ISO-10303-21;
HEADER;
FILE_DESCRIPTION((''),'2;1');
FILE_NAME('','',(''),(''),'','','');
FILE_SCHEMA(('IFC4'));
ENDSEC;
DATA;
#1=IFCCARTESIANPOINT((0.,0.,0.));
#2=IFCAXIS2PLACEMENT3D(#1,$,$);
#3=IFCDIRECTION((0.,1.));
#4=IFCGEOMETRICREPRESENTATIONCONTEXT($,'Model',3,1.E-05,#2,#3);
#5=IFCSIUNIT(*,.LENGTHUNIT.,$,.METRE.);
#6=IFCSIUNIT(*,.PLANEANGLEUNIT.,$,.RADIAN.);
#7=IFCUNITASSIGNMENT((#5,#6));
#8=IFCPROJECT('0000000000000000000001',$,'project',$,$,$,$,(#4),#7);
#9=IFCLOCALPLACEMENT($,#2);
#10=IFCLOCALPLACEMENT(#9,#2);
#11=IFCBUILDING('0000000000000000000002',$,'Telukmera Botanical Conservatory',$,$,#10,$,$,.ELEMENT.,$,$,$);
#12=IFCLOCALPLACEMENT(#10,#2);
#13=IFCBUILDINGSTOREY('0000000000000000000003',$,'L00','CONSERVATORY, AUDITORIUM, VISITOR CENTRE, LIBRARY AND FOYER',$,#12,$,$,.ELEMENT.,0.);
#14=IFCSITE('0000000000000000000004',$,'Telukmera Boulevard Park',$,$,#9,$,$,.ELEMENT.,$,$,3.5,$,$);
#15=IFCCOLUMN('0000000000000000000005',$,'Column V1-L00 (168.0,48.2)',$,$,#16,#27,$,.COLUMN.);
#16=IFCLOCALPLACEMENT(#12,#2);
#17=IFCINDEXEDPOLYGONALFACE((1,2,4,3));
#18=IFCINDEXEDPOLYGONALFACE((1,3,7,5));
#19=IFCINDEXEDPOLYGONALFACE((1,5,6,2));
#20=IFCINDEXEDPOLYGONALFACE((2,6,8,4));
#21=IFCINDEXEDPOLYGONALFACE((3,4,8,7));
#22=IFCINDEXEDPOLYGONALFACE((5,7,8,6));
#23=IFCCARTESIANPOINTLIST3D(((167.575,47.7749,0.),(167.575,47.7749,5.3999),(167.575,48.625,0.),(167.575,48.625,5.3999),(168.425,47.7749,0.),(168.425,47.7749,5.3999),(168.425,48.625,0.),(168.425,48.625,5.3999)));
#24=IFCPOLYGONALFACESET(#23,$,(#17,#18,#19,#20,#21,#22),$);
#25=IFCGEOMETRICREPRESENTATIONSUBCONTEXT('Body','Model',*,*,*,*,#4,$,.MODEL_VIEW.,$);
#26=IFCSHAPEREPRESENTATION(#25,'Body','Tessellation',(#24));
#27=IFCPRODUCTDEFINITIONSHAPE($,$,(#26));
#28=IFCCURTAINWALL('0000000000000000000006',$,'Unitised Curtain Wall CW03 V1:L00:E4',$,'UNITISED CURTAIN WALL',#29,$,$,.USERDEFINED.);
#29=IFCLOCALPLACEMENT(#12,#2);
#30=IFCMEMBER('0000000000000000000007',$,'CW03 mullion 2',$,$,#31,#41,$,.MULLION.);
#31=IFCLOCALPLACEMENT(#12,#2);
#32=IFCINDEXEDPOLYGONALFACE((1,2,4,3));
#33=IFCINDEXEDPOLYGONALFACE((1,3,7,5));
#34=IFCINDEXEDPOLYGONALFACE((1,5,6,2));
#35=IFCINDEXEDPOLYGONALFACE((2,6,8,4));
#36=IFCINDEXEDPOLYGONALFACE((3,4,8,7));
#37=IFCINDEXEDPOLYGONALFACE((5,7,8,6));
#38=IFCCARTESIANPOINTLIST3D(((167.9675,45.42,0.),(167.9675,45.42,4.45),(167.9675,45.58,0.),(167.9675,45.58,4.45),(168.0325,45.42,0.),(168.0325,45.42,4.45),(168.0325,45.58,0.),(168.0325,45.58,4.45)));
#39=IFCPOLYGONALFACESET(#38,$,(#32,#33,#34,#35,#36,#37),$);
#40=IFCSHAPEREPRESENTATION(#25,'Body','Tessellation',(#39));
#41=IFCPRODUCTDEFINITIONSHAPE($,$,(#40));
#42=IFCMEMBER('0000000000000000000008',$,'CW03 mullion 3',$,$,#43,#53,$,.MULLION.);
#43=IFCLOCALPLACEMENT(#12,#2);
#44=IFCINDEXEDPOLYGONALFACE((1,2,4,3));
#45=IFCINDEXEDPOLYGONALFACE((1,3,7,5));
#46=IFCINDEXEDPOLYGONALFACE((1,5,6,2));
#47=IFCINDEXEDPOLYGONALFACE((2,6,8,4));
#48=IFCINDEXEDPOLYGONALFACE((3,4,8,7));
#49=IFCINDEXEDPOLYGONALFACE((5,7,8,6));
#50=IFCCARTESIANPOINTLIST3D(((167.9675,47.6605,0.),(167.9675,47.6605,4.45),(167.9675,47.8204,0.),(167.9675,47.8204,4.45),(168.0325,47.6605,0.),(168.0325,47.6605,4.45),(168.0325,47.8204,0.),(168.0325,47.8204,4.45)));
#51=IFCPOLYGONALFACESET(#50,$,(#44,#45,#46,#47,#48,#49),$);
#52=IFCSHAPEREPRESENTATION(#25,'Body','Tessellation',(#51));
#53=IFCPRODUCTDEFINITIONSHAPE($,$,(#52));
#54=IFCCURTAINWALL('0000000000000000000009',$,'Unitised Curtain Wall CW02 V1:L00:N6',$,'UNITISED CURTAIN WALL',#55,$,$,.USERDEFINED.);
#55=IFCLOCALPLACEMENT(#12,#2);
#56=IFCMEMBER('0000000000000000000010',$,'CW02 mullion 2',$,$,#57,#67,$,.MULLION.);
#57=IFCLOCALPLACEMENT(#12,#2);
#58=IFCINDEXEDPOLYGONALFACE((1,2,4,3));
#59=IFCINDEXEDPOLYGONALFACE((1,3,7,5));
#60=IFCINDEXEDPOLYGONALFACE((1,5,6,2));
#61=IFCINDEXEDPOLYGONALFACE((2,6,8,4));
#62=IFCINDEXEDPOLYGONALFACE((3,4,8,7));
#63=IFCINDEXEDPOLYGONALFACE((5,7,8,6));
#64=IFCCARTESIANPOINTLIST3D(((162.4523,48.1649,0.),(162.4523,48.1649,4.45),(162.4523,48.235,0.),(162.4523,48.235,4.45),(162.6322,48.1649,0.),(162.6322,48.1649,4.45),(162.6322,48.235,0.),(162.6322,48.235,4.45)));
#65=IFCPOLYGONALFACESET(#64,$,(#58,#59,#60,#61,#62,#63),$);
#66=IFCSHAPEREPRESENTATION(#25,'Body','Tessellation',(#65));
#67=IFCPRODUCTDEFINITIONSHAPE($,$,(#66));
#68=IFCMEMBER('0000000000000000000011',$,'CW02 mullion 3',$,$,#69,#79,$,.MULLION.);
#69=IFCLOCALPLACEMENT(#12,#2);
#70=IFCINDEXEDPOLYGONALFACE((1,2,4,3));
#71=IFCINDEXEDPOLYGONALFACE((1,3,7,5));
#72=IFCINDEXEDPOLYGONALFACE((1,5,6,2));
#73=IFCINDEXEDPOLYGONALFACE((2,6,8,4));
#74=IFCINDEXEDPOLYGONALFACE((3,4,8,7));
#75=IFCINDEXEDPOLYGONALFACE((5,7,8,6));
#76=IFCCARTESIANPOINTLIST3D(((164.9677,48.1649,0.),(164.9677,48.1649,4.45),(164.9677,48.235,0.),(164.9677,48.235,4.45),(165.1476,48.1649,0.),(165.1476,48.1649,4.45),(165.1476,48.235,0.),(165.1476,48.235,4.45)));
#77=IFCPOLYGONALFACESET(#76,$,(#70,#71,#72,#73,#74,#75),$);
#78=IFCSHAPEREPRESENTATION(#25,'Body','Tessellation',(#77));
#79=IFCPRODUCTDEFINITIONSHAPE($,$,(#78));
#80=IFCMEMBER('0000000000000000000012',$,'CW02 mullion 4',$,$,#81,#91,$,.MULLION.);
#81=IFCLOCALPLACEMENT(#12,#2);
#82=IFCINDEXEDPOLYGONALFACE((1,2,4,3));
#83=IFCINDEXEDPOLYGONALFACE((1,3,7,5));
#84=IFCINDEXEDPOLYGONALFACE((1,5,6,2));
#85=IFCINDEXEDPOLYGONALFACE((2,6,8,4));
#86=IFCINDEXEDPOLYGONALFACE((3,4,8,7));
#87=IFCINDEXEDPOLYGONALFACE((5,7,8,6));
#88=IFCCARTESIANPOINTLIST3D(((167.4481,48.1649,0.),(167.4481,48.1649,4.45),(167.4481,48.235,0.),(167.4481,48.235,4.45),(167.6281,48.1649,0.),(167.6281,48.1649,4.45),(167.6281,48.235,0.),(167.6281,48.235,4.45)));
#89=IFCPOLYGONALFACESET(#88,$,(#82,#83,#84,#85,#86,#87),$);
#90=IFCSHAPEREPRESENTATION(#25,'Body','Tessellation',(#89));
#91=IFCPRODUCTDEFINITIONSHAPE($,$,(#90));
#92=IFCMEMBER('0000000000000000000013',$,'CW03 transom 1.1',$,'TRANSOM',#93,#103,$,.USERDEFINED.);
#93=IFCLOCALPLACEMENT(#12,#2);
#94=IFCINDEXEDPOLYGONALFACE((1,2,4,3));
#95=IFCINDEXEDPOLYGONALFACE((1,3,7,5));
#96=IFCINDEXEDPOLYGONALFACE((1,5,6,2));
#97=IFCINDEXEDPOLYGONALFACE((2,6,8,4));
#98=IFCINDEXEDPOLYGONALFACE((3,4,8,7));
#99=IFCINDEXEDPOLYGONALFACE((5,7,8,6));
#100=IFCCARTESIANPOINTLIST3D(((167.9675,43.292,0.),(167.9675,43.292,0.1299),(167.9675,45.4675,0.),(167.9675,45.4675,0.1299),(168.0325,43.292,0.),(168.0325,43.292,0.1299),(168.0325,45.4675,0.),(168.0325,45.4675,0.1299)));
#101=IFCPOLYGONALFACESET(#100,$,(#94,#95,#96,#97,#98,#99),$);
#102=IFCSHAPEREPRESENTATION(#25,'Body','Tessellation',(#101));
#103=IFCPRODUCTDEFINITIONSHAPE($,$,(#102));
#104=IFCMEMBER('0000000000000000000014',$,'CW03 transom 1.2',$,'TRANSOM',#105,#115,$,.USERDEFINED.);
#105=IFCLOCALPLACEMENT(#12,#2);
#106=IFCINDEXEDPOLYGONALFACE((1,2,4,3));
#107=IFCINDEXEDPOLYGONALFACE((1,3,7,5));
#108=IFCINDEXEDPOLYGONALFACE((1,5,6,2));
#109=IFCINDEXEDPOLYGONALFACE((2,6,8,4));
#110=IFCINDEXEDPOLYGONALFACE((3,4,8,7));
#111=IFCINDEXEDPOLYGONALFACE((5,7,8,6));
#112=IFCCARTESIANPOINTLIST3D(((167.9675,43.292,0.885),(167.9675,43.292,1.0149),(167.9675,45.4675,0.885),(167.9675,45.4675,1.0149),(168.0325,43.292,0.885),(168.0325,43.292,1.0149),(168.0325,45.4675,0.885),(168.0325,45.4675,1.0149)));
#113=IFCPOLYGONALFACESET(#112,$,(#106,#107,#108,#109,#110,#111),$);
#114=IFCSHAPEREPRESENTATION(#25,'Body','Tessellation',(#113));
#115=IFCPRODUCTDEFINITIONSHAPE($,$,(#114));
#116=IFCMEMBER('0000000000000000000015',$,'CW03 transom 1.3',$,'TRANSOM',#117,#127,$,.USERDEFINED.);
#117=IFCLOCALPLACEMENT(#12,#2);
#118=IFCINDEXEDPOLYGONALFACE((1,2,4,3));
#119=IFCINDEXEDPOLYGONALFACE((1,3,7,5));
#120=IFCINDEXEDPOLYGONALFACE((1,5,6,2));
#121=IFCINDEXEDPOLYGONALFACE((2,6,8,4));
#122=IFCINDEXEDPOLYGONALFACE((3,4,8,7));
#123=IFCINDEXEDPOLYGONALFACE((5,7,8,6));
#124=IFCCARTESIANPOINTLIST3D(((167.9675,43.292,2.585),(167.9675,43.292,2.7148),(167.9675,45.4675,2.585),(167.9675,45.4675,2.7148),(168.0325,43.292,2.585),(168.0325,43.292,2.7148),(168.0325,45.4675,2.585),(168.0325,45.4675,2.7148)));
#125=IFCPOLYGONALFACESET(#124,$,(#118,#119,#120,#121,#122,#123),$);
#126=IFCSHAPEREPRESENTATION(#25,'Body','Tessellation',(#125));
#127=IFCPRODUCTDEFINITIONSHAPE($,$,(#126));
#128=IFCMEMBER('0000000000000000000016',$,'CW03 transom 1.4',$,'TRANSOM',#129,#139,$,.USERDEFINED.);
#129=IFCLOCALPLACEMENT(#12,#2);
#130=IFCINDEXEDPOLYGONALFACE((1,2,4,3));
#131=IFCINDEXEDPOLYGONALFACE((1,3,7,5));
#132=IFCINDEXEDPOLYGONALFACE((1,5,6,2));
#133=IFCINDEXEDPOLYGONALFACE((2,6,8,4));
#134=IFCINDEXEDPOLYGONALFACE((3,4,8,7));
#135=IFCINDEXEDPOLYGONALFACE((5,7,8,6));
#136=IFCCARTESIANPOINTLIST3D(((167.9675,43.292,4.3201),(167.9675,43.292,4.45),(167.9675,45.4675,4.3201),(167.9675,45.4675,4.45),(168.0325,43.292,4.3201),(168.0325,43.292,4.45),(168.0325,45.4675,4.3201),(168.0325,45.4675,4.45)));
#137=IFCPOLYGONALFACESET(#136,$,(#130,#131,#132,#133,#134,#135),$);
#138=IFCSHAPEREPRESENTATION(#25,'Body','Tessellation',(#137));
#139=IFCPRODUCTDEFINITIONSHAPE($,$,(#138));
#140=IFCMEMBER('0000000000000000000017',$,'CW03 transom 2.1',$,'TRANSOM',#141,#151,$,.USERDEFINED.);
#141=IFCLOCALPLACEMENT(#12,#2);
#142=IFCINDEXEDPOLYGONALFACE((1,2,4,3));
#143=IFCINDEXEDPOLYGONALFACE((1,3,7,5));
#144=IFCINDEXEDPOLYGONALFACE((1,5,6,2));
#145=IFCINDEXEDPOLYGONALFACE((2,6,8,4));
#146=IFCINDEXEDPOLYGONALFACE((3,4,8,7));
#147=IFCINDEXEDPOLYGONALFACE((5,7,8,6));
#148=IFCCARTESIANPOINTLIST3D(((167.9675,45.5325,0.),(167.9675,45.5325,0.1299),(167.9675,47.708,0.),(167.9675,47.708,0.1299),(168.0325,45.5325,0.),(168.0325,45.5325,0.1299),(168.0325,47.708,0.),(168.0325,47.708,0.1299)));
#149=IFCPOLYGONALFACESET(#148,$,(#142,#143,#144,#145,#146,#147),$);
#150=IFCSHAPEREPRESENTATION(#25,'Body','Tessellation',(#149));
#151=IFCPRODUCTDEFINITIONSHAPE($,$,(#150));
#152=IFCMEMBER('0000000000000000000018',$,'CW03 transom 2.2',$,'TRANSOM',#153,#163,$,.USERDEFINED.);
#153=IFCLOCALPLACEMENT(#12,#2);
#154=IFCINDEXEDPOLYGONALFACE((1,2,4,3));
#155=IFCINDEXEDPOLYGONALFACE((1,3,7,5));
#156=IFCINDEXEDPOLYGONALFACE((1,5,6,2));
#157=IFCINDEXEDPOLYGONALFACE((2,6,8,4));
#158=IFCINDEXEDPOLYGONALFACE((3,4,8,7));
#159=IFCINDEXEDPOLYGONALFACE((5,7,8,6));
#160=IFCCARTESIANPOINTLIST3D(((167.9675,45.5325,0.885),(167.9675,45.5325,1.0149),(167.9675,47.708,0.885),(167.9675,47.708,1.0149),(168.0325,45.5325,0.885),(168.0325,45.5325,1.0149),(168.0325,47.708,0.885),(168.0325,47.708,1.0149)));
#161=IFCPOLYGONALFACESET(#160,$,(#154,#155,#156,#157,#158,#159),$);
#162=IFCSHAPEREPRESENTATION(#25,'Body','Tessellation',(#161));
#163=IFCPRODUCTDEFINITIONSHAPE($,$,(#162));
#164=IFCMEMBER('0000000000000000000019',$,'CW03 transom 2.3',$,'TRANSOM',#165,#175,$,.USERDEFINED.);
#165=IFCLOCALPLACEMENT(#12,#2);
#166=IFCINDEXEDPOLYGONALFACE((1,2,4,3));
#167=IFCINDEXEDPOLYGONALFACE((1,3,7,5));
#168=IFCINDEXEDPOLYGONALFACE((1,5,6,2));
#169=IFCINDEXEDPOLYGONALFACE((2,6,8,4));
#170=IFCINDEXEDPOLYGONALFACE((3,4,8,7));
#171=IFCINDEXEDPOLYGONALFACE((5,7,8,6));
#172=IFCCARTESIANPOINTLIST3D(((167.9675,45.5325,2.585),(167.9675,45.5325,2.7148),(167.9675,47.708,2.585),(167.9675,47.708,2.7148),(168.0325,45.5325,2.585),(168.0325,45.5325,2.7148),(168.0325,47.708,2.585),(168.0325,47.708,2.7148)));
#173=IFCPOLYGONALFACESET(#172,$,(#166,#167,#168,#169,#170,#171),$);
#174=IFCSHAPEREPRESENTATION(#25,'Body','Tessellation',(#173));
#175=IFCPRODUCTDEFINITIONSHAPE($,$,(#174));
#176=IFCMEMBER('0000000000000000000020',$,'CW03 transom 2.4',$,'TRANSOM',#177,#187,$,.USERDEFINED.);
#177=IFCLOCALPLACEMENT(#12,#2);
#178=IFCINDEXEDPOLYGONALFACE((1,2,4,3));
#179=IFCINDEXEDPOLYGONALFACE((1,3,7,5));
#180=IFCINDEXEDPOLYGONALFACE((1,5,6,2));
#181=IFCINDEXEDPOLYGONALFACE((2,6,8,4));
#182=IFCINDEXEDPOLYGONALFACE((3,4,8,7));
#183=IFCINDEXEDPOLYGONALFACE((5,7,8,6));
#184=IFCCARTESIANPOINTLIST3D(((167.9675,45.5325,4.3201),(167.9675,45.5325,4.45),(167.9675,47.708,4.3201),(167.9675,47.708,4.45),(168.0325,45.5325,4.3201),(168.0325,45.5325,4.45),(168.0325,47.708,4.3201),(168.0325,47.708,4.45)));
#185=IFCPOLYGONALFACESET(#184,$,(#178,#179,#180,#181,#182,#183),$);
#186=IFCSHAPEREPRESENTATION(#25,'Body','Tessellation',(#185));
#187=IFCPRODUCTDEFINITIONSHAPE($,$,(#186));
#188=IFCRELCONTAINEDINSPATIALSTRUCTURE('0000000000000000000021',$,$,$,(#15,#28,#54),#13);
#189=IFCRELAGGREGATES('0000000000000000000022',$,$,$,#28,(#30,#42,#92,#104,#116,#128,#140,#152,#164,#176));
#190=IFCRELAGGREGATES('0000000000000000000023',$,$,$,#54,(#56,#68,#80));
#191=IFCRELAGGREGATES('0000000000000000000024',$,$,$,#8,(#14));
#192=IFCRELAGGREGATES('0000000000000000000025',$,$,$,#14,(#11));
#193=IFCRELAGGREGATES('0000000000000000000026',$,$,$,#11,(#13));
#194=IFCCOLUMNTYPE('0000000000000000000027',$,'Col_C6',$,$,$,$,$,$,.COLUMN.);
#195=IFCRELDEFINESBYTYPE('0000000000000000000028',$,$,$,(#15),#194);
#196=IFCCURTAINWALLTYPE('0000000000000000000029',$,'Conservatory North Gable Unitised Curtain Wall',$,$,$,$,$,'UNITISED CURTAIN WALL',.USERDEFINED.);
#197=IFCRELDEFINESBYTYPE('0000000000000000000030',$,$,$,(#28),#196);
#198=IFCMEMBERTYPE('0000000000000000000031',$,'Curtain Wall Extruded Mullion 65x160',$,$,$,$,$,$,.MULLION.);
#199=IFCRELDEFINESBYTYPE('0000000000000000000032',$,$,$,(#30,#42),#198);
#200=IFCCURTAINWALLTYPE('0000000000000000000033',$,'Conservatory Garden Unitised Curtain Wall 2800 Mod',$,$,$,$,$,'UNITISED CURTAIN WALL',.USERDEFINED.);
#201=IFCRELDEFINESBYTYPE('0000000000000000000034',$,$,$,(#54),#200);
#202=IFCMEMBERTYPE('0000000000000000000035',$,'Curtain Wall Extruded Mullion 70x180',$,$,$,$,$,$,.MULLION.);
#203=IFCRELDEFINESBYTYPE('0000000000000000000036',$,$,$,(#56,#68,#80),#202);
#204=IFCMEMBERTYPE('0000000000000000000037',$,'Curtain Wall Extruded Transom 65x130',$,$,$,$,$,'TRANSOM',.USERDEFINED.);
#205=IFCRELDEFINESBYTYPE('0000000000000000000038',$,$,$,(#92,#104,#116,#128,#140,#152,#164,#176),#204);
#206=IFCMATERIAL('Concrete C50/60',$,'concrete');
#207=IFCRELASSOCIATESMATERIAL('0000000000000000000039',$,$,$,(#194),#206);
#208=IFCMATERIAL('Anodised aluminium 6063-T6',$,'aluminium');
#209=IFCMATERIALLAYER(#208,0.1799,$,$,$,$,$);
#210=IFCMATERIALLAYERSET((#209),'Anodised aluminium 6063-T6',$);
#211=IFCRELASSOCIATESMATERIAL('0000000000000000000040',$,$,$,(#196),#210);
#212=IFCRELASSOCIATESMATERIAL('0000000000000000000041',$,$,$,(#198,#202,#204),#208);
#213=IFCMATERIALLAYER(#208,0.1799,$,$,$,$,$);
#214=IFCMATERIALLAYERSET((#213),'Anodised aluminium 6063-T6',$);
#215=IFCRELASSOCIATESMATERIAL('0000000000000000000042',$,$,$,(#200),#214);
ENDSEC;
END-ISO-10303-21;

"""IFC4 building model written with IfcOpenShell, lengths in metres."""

from ifc_helpers import new_model, si_unit, direction, frame, origin, origin_2d, place, context, subcontext, project, spatial, rectangle, extrude, material, layer, layer_set, material_profile, profile_set, type_object, element, aggregate, save


model = new_model("IFC4")

# Units and contexts
model_context = context("Model", 3, precision=1e-05, world=origin(), true_north=direction((0.0, 1.0)))
body_context = subcontext(model_context, "Body", "Model", "MODEL_VIEW")
ifc_project = project(units=[si_unit("LENGTHUNIT", "METRE"), si_unit("PLANEANGLEUNIT", "RADIAN")], contexts=[model_context])

# Site, building, storey
site_placement = place(None, origin())
site = spatial("IfcSite", under=ifc_project, at=site_placement, Name="Telukmera Boulevard Park", CompositionType="ELEMENT", RefElevation=3.5)
building_placement = place(site_placement, origin())
building = spatial("IfcBuilding", under=site, at=building_placement, Name="Telukmera Botanical Conservatory", CompositionType="ELEMENT")
storey_placement = place(building_placement, origin())
storey = spatial("IfcBuildingStorey", under=building, at=storey_placement, Name="L00", Description="CONSERVATORY, AUDITORIUM, VISITOR CENTRE, LIBRARY AND FOYER", CompositionType="ELEMENT", Elevation=0.0)

# Column
ifc_material_1 = material(Name="Concrete C50/60", Category="concrete")
ifc_material_profile_1 = material_profile(ifc_material_1, rectangle(XDim=0.8501, YDim=0.8501, at=origin_2d()), Name="RC 850x850")
ifc_profile_set_1 = profile_set([ifc_material_profile_1], Name="Concrete C50/60")
column_type = type_object("IfcColumnType", Name="Col_C6", PredefinedType="COLUMN", material=ifc_profile_set_1)
column_placement = place(storey_placement, frame((168.0, 48.2, 0.0), z_axis=(0.0, 0.0, 1.0), x_axis=(1.0, 0.0, 0.0)))
element("IfcColumn", 1, at=column_placement, inside=storey, type_object=column_type, Name="Column V1-L00 (168.0,48.2)", PredefinedType="COLUMN", context=body_context, shape_type="SweptSolid", body=[
    extrude(rectangle(XDim=0.8501, YDim=0.8501, at=origin_2d()), origin(), (0.0, 0.0, 1.0), 5.3999),
])

# Curtain walls, members
ifc_material_2 = material(Name="Anodised aluminium 6063-T6", Category="aluminium")
ifc_layer_1 = layer(ifc_material_2, 0.1799)
ifc_layer_set_1 = layer_set([ifc_layer_1], Name="Anodised aluminium 6063-T6")
curtain_wall_type_1 = type_object("IfcCurtainWallType", Name="Conservatory North Gable Unitised Curtain Wall", ElementType="UNITISED CURTAIN WALL", PredefinedType="USERDEFINED", material=ifc_layer_set_1)
curtain_wall_1_placement = place(storey_placement, origin())
curtain_wall_1 = element("IfcCurtainWall", 2, at=curtain_wall_1_placement, inside=storey, type_object=curtain_wall_type_1, Name="Unitised Curtain Wall CW03 V1:L00:E4", ObjectType="UNITISED CURTAIN WALL", PredefinedType="USERDEFINED")
ifc_material_profile_2 = material_profile(ifc_material_2, rectangle(XDim=0.0649, YDim=0.1599, at=origin_2d()), Name="ALU MULL 65x160")
ifc_profile_set_2 = profile_set([ifc_material_profile_2], Name="Anodised aluminium 6063-T6")
member_type_1 = type_object("IfcMemberType", Name="Curtain Wall Extruded Mullion 65x160", PredefinedType="MULLION", material=ifc_profile_set_2)
member_1_placement = place(storey_placement, frame((168.0, 45.5, 0.0), z_axis=(0.0, 0.0, 1.0), x_axis=(-1.0, 0.0, 0.0)))
member_1 = element("IfcMember", 3, at=member_1_placement, type_object=member_type_1, Name="CW03 mullion 2", PredefinedType="MULLION", context=body_context, shape_type="SweptSolid", body=[
    extrude(rectangle(XDim=0.0649, YDim=0.1599, at=origin_2d()), origin(), (0.0, 0.0, 1.0), 4.45),
])
member_2_placement = place(storey_placement, frame((168.0, 47.7405, 0.0), z_axis=(0.0, 0.0, 1.0), x_axis=(-1.0, 0.0, 0.0)))
member_2 = element("IfcMember", 4, at=member_2_placement, type_object=member_type_1, Name="CW03 mullion 3", PredefinedType="MULLION", context=body_context, shape_type="SweptSolid", body=[
    extrude(rectangle(XDim=0.0649, YDim=0.1599, at=origin_2d()), origin(), (0.0, 0.0, 1.0), 4.45),
])
ifc_layer_2 = layer(ifc_material_2, 0.1799)
ifc_layer_set_2 = layer_set([ifc_layer_2], Name="Anodised aluminium 6063-T6")
curtain_wall_type_2 = type_object("IfcCurtainWallType", Name="Conservatory Garden Unitised Curtain Wall 2800 Mod", ElementType="UNITISED CURTAIN WALL", PredefinedType="USERDEFINED", material=ifc_layer_set_2)
curtain_wall_2_placement = place(storey_placement, origin())
curtain_wall_2 = element("IfcCurtainWall", 5, at=curtain_wall_2_placement, inside=storey, type_object=curtain_wall_type_2, Name="Unitised Curtain Wall CW02 V1:L00:N6", ObjectType="UNITISED CURTAIN WALL", PredefinedType="USERDEFINED")
ifc_material_profile_3 = material_profile(ifc_material_2, rectangle(XDim=0.0701, YDim=0.1799, at=origin_2d()), Name="ALU MULL 70x180")
ifc_profile_set_3 = profile_set([ifc_material_profile_3], Name="Anodised aluminium 6063-T6")
member_type_2 = type_object("IfcMemberType", Name="Curtain Wall Extruded Mullion 70x180", PredefinedType="MULLION", material=ifc_profile_set_3)
member_3_placement = place(storey_placement, frame((162.5422, 48.2, 0.0), z_axis=(0.0, 0.0, 1.0), x_axis=(0.0, 1.0, 0.0)))
member_3 = element("IfcMember", 6, at=member_3_placement, type_object=member_type_2, Name="CW02 mullion 2", PredefinedType="MULLION", context=body_context, shape_type="SweptSolid", body=[
    extrude(rectangle(XDim=0.0701, YDim=0.1799, at=origin_2d()), origin(), (0.0, 0.0, 1.0), 4.45),
])
member_4_placement = place(storey_placement, frame((165.0576, 48.2, 0.0), z_axis=(0.0, 0.0, 1.0), x_axis=(0.0, 1.0, 0.0)))
member_4 = element("IfcMember", 7, at=member_4_placement, type_object=member_type_2, Name="CW02 mullion 3", PredefinedType="MULLION", context=body_context, shape_type="SweptSolid", body=[
    extrude(rectangle(XDim=0.0701, YDim=0.1799, at=origin_2d()), origin(), (0.0, 0.0, 1.0), 4.45),
])
member_5_placement = place(storey_placement, frame((167.5381, 48.2, 0.0), z_axis=(0.0, 0.0, 1.0), x_axis=(0.0, 1.0, 0.0)))
member_5 = element("IfcMember", 8, at=member_5_placement, type_object=member_type_2, Name="CW02 mullion 4", PredefinedType="MULLION", context=body_context, shape_type="SweptSolid", body=[
    extrude(rectangle(XDim=0.0701, YDim=0.1799, at=origin_2d()), origin(), (0.0, 0.0, 1.0), 4.45),
])

# Members
ifc_material_profile_4 = material_profile(ifc_material_2, rectangle(XDim=0.0649, YDim=0.1299, at=origin_2d()), Name="ALU TRAN 65x130")
ifc_profile_set_4 = profile_set([ifc_material_profile_4], Name="Anodised aluminium 6063-T6")
member_type_3 = type_object("IfcMemberType", Name="Curtain Wall Extruded Transom 65x130", ElementType="TRANSOM", PredefinedType="USERDEFINED", material=ifc_profile_set_4)
member_6_placement = place(storey_placement, frame((168.0, 43.292, 0.0649), z_axis=(0.0, 1.0, 0.0), x_axis=(-1.0, 0.0, 0.0)))
member_6 = element("IfcMember", 9, at=member_6_placement, type_object=member_type_3, Name="CW03 transom 1.1", ObjectType="TRANSOM", PredefinedType="USERDEFINED", context=body_context, shape_type="SweptSolid", body=[
    extrude(rectangle(XDim=0.0649, YDim=0.1299, at=origin_2d()), origin(), (0.0, 0.0, 1.0), 2.1755),
])
member_7_placement = place(storey_placement, frame((168.0, 43.292, 0.95), z_axis=(0.0, 1.0, 0.0), x_axis=(-1.0, 0.0, 0.0)))
member_7 = element("IfcMember", 10, at=member_7_placement, type_object=member_type_3, Name="CW03 transom 1.2", ObjectType="TRANSOM", PredefinedType="USERDEFINED", context=body_context, shape_type="SweptSolid", body=[
    extrude(rectangle(XDim=0.0649, YDim=0.1299, at=origin_2d()), origin(), (0.0, 0.0, 1.0), 2.1755),
])
member_8_placement = place(storey_placement, frame((168.0, 43.292, 2.6499), z_axis=(0.0, 1.0, 0.0), x_axis=(-1.0, 0.0, 0.0)))
member_8 = element("IfcMember", 11, at=member_8_placement, type_object=member_type_3, Name="CW03 transom 1.3", ObjectType="TRANSOM", PredefinedType="USERDEFINED", context=body_context, shape_type="SweptSolid", body=[
    extrude(rectangle(XDim=0.0649, YDim=0.1299, at=origin_2d()), origin(), (0.0, 0.0, 1.0), 2.1755),
])
member_9_placement = place(storey_placement, frame((168.0, 43.292, 4.385), z_axis=(0.0, 1.0, 0.0), x_axis=(-1.0, 0.0, 0.0)))
member_9 = element("IfcMember", 12, at=member_9_placement, type_object=member_type_3, Name="CW03 transom 1.4", ObjectType="TRANSOM", PredefinedType="USERDEFINED", context=body_context, shape_type="SweptSolid", body=[
    extrude(rectangle(XDim=0.0649, YDim=0.1299, at=origin_2d()), origin(), (0.0, 0.0, 1.0), 2.1755),
])
member_10_placement = place(storey_placement, frame((168.0, 45.5325, 0.0649), z_axis=(0.0, 1.0, 0.0), x_axis=(-1.0, 0.0, 0.0)))
member_10 = element("IfcMember", 13, at=member_10_placement, type_object=member_type_3, Name="CW03 transom 2.1", ObjectType="TRANSOM", PredefinedType="USERDEFINED", context=body_context, shape_type="SweptSolid", body=[
    extrude(rectangle(XDim=0.0649, YDim=0.1299, at=origin_2d()), origin(), (0.0, 0.0, 1.0), 2.1755),
])
member_11_placement = place(storey_placement, frame((168.0, 45.5325, 0.95), z_axis=(0.0, 1.0, 0.0), x_axis=(-1.0, 0.0, 0.0)))
member_11 = element("IfcMember", 14, at=member_11_placement, type_object=member_type_3, Name="CW03 transom 2.2", ObjectType="TRANSOM", PredefinedType="USERDEFINED", context=body_context, shape_type="SweptSolid", body=[
    extrude(rectangle(XDim=0.0649, YDim=0.1299, at=origin_2d()), origin(), (0.0, 0.0, 1.0), 2.1755),
])
member_12_placement = place(storey_placement, frame((168.0, 45.5325, 2.6499), z_axis=(0.0, 1.0, 0.0), x_axis=(-1.0, 0.0, 0.0)))
member_12 = element("IfcMember", 15, at=member_12_placement, type_object=member_type_3, Name="CW03 transom 2.3", ObjectType="TRANSOM", PredefinedType="USERDEFINED", context=body_context, shape_type="SweptSolid", body=[
    extrude(rectangle(XDim=0.0649, YDim=0.1299, at=origin_2d()), origin(), (0.0, 0.0, 1.0), 2.1755),
])
member_13_placement = place(storey_placement, frame((168.0, 45.5325, 4.385), z_axis=(0.0, 1.0, 0.0), x_axis=(-1.0, 0.0, 0.0)))
member_13 = element("IfcMember", 16, at=member_13_placement, type_object=member_type_3, Name="CW03 transom 2.4", ObjectType="TRANSOM", PredefinedType="USERDEFINED", context=body_context, shape_type="SweptSolid", body=[
    extrude(rectangle(XDim=0.0649, YDim=0.1299, at=origin_2d()), origin(), (0.0, 0.0, 1.0), 2.1755),
])

aggregate(curtain_wall_1, [member_1, member_2, member_6, member_7, member_8, member_9, member_10, member_11, member_12, member_13])
aggregate(curtain_wall_2, [member_3, member_4, member_5])

save(model, "model.ifc")
